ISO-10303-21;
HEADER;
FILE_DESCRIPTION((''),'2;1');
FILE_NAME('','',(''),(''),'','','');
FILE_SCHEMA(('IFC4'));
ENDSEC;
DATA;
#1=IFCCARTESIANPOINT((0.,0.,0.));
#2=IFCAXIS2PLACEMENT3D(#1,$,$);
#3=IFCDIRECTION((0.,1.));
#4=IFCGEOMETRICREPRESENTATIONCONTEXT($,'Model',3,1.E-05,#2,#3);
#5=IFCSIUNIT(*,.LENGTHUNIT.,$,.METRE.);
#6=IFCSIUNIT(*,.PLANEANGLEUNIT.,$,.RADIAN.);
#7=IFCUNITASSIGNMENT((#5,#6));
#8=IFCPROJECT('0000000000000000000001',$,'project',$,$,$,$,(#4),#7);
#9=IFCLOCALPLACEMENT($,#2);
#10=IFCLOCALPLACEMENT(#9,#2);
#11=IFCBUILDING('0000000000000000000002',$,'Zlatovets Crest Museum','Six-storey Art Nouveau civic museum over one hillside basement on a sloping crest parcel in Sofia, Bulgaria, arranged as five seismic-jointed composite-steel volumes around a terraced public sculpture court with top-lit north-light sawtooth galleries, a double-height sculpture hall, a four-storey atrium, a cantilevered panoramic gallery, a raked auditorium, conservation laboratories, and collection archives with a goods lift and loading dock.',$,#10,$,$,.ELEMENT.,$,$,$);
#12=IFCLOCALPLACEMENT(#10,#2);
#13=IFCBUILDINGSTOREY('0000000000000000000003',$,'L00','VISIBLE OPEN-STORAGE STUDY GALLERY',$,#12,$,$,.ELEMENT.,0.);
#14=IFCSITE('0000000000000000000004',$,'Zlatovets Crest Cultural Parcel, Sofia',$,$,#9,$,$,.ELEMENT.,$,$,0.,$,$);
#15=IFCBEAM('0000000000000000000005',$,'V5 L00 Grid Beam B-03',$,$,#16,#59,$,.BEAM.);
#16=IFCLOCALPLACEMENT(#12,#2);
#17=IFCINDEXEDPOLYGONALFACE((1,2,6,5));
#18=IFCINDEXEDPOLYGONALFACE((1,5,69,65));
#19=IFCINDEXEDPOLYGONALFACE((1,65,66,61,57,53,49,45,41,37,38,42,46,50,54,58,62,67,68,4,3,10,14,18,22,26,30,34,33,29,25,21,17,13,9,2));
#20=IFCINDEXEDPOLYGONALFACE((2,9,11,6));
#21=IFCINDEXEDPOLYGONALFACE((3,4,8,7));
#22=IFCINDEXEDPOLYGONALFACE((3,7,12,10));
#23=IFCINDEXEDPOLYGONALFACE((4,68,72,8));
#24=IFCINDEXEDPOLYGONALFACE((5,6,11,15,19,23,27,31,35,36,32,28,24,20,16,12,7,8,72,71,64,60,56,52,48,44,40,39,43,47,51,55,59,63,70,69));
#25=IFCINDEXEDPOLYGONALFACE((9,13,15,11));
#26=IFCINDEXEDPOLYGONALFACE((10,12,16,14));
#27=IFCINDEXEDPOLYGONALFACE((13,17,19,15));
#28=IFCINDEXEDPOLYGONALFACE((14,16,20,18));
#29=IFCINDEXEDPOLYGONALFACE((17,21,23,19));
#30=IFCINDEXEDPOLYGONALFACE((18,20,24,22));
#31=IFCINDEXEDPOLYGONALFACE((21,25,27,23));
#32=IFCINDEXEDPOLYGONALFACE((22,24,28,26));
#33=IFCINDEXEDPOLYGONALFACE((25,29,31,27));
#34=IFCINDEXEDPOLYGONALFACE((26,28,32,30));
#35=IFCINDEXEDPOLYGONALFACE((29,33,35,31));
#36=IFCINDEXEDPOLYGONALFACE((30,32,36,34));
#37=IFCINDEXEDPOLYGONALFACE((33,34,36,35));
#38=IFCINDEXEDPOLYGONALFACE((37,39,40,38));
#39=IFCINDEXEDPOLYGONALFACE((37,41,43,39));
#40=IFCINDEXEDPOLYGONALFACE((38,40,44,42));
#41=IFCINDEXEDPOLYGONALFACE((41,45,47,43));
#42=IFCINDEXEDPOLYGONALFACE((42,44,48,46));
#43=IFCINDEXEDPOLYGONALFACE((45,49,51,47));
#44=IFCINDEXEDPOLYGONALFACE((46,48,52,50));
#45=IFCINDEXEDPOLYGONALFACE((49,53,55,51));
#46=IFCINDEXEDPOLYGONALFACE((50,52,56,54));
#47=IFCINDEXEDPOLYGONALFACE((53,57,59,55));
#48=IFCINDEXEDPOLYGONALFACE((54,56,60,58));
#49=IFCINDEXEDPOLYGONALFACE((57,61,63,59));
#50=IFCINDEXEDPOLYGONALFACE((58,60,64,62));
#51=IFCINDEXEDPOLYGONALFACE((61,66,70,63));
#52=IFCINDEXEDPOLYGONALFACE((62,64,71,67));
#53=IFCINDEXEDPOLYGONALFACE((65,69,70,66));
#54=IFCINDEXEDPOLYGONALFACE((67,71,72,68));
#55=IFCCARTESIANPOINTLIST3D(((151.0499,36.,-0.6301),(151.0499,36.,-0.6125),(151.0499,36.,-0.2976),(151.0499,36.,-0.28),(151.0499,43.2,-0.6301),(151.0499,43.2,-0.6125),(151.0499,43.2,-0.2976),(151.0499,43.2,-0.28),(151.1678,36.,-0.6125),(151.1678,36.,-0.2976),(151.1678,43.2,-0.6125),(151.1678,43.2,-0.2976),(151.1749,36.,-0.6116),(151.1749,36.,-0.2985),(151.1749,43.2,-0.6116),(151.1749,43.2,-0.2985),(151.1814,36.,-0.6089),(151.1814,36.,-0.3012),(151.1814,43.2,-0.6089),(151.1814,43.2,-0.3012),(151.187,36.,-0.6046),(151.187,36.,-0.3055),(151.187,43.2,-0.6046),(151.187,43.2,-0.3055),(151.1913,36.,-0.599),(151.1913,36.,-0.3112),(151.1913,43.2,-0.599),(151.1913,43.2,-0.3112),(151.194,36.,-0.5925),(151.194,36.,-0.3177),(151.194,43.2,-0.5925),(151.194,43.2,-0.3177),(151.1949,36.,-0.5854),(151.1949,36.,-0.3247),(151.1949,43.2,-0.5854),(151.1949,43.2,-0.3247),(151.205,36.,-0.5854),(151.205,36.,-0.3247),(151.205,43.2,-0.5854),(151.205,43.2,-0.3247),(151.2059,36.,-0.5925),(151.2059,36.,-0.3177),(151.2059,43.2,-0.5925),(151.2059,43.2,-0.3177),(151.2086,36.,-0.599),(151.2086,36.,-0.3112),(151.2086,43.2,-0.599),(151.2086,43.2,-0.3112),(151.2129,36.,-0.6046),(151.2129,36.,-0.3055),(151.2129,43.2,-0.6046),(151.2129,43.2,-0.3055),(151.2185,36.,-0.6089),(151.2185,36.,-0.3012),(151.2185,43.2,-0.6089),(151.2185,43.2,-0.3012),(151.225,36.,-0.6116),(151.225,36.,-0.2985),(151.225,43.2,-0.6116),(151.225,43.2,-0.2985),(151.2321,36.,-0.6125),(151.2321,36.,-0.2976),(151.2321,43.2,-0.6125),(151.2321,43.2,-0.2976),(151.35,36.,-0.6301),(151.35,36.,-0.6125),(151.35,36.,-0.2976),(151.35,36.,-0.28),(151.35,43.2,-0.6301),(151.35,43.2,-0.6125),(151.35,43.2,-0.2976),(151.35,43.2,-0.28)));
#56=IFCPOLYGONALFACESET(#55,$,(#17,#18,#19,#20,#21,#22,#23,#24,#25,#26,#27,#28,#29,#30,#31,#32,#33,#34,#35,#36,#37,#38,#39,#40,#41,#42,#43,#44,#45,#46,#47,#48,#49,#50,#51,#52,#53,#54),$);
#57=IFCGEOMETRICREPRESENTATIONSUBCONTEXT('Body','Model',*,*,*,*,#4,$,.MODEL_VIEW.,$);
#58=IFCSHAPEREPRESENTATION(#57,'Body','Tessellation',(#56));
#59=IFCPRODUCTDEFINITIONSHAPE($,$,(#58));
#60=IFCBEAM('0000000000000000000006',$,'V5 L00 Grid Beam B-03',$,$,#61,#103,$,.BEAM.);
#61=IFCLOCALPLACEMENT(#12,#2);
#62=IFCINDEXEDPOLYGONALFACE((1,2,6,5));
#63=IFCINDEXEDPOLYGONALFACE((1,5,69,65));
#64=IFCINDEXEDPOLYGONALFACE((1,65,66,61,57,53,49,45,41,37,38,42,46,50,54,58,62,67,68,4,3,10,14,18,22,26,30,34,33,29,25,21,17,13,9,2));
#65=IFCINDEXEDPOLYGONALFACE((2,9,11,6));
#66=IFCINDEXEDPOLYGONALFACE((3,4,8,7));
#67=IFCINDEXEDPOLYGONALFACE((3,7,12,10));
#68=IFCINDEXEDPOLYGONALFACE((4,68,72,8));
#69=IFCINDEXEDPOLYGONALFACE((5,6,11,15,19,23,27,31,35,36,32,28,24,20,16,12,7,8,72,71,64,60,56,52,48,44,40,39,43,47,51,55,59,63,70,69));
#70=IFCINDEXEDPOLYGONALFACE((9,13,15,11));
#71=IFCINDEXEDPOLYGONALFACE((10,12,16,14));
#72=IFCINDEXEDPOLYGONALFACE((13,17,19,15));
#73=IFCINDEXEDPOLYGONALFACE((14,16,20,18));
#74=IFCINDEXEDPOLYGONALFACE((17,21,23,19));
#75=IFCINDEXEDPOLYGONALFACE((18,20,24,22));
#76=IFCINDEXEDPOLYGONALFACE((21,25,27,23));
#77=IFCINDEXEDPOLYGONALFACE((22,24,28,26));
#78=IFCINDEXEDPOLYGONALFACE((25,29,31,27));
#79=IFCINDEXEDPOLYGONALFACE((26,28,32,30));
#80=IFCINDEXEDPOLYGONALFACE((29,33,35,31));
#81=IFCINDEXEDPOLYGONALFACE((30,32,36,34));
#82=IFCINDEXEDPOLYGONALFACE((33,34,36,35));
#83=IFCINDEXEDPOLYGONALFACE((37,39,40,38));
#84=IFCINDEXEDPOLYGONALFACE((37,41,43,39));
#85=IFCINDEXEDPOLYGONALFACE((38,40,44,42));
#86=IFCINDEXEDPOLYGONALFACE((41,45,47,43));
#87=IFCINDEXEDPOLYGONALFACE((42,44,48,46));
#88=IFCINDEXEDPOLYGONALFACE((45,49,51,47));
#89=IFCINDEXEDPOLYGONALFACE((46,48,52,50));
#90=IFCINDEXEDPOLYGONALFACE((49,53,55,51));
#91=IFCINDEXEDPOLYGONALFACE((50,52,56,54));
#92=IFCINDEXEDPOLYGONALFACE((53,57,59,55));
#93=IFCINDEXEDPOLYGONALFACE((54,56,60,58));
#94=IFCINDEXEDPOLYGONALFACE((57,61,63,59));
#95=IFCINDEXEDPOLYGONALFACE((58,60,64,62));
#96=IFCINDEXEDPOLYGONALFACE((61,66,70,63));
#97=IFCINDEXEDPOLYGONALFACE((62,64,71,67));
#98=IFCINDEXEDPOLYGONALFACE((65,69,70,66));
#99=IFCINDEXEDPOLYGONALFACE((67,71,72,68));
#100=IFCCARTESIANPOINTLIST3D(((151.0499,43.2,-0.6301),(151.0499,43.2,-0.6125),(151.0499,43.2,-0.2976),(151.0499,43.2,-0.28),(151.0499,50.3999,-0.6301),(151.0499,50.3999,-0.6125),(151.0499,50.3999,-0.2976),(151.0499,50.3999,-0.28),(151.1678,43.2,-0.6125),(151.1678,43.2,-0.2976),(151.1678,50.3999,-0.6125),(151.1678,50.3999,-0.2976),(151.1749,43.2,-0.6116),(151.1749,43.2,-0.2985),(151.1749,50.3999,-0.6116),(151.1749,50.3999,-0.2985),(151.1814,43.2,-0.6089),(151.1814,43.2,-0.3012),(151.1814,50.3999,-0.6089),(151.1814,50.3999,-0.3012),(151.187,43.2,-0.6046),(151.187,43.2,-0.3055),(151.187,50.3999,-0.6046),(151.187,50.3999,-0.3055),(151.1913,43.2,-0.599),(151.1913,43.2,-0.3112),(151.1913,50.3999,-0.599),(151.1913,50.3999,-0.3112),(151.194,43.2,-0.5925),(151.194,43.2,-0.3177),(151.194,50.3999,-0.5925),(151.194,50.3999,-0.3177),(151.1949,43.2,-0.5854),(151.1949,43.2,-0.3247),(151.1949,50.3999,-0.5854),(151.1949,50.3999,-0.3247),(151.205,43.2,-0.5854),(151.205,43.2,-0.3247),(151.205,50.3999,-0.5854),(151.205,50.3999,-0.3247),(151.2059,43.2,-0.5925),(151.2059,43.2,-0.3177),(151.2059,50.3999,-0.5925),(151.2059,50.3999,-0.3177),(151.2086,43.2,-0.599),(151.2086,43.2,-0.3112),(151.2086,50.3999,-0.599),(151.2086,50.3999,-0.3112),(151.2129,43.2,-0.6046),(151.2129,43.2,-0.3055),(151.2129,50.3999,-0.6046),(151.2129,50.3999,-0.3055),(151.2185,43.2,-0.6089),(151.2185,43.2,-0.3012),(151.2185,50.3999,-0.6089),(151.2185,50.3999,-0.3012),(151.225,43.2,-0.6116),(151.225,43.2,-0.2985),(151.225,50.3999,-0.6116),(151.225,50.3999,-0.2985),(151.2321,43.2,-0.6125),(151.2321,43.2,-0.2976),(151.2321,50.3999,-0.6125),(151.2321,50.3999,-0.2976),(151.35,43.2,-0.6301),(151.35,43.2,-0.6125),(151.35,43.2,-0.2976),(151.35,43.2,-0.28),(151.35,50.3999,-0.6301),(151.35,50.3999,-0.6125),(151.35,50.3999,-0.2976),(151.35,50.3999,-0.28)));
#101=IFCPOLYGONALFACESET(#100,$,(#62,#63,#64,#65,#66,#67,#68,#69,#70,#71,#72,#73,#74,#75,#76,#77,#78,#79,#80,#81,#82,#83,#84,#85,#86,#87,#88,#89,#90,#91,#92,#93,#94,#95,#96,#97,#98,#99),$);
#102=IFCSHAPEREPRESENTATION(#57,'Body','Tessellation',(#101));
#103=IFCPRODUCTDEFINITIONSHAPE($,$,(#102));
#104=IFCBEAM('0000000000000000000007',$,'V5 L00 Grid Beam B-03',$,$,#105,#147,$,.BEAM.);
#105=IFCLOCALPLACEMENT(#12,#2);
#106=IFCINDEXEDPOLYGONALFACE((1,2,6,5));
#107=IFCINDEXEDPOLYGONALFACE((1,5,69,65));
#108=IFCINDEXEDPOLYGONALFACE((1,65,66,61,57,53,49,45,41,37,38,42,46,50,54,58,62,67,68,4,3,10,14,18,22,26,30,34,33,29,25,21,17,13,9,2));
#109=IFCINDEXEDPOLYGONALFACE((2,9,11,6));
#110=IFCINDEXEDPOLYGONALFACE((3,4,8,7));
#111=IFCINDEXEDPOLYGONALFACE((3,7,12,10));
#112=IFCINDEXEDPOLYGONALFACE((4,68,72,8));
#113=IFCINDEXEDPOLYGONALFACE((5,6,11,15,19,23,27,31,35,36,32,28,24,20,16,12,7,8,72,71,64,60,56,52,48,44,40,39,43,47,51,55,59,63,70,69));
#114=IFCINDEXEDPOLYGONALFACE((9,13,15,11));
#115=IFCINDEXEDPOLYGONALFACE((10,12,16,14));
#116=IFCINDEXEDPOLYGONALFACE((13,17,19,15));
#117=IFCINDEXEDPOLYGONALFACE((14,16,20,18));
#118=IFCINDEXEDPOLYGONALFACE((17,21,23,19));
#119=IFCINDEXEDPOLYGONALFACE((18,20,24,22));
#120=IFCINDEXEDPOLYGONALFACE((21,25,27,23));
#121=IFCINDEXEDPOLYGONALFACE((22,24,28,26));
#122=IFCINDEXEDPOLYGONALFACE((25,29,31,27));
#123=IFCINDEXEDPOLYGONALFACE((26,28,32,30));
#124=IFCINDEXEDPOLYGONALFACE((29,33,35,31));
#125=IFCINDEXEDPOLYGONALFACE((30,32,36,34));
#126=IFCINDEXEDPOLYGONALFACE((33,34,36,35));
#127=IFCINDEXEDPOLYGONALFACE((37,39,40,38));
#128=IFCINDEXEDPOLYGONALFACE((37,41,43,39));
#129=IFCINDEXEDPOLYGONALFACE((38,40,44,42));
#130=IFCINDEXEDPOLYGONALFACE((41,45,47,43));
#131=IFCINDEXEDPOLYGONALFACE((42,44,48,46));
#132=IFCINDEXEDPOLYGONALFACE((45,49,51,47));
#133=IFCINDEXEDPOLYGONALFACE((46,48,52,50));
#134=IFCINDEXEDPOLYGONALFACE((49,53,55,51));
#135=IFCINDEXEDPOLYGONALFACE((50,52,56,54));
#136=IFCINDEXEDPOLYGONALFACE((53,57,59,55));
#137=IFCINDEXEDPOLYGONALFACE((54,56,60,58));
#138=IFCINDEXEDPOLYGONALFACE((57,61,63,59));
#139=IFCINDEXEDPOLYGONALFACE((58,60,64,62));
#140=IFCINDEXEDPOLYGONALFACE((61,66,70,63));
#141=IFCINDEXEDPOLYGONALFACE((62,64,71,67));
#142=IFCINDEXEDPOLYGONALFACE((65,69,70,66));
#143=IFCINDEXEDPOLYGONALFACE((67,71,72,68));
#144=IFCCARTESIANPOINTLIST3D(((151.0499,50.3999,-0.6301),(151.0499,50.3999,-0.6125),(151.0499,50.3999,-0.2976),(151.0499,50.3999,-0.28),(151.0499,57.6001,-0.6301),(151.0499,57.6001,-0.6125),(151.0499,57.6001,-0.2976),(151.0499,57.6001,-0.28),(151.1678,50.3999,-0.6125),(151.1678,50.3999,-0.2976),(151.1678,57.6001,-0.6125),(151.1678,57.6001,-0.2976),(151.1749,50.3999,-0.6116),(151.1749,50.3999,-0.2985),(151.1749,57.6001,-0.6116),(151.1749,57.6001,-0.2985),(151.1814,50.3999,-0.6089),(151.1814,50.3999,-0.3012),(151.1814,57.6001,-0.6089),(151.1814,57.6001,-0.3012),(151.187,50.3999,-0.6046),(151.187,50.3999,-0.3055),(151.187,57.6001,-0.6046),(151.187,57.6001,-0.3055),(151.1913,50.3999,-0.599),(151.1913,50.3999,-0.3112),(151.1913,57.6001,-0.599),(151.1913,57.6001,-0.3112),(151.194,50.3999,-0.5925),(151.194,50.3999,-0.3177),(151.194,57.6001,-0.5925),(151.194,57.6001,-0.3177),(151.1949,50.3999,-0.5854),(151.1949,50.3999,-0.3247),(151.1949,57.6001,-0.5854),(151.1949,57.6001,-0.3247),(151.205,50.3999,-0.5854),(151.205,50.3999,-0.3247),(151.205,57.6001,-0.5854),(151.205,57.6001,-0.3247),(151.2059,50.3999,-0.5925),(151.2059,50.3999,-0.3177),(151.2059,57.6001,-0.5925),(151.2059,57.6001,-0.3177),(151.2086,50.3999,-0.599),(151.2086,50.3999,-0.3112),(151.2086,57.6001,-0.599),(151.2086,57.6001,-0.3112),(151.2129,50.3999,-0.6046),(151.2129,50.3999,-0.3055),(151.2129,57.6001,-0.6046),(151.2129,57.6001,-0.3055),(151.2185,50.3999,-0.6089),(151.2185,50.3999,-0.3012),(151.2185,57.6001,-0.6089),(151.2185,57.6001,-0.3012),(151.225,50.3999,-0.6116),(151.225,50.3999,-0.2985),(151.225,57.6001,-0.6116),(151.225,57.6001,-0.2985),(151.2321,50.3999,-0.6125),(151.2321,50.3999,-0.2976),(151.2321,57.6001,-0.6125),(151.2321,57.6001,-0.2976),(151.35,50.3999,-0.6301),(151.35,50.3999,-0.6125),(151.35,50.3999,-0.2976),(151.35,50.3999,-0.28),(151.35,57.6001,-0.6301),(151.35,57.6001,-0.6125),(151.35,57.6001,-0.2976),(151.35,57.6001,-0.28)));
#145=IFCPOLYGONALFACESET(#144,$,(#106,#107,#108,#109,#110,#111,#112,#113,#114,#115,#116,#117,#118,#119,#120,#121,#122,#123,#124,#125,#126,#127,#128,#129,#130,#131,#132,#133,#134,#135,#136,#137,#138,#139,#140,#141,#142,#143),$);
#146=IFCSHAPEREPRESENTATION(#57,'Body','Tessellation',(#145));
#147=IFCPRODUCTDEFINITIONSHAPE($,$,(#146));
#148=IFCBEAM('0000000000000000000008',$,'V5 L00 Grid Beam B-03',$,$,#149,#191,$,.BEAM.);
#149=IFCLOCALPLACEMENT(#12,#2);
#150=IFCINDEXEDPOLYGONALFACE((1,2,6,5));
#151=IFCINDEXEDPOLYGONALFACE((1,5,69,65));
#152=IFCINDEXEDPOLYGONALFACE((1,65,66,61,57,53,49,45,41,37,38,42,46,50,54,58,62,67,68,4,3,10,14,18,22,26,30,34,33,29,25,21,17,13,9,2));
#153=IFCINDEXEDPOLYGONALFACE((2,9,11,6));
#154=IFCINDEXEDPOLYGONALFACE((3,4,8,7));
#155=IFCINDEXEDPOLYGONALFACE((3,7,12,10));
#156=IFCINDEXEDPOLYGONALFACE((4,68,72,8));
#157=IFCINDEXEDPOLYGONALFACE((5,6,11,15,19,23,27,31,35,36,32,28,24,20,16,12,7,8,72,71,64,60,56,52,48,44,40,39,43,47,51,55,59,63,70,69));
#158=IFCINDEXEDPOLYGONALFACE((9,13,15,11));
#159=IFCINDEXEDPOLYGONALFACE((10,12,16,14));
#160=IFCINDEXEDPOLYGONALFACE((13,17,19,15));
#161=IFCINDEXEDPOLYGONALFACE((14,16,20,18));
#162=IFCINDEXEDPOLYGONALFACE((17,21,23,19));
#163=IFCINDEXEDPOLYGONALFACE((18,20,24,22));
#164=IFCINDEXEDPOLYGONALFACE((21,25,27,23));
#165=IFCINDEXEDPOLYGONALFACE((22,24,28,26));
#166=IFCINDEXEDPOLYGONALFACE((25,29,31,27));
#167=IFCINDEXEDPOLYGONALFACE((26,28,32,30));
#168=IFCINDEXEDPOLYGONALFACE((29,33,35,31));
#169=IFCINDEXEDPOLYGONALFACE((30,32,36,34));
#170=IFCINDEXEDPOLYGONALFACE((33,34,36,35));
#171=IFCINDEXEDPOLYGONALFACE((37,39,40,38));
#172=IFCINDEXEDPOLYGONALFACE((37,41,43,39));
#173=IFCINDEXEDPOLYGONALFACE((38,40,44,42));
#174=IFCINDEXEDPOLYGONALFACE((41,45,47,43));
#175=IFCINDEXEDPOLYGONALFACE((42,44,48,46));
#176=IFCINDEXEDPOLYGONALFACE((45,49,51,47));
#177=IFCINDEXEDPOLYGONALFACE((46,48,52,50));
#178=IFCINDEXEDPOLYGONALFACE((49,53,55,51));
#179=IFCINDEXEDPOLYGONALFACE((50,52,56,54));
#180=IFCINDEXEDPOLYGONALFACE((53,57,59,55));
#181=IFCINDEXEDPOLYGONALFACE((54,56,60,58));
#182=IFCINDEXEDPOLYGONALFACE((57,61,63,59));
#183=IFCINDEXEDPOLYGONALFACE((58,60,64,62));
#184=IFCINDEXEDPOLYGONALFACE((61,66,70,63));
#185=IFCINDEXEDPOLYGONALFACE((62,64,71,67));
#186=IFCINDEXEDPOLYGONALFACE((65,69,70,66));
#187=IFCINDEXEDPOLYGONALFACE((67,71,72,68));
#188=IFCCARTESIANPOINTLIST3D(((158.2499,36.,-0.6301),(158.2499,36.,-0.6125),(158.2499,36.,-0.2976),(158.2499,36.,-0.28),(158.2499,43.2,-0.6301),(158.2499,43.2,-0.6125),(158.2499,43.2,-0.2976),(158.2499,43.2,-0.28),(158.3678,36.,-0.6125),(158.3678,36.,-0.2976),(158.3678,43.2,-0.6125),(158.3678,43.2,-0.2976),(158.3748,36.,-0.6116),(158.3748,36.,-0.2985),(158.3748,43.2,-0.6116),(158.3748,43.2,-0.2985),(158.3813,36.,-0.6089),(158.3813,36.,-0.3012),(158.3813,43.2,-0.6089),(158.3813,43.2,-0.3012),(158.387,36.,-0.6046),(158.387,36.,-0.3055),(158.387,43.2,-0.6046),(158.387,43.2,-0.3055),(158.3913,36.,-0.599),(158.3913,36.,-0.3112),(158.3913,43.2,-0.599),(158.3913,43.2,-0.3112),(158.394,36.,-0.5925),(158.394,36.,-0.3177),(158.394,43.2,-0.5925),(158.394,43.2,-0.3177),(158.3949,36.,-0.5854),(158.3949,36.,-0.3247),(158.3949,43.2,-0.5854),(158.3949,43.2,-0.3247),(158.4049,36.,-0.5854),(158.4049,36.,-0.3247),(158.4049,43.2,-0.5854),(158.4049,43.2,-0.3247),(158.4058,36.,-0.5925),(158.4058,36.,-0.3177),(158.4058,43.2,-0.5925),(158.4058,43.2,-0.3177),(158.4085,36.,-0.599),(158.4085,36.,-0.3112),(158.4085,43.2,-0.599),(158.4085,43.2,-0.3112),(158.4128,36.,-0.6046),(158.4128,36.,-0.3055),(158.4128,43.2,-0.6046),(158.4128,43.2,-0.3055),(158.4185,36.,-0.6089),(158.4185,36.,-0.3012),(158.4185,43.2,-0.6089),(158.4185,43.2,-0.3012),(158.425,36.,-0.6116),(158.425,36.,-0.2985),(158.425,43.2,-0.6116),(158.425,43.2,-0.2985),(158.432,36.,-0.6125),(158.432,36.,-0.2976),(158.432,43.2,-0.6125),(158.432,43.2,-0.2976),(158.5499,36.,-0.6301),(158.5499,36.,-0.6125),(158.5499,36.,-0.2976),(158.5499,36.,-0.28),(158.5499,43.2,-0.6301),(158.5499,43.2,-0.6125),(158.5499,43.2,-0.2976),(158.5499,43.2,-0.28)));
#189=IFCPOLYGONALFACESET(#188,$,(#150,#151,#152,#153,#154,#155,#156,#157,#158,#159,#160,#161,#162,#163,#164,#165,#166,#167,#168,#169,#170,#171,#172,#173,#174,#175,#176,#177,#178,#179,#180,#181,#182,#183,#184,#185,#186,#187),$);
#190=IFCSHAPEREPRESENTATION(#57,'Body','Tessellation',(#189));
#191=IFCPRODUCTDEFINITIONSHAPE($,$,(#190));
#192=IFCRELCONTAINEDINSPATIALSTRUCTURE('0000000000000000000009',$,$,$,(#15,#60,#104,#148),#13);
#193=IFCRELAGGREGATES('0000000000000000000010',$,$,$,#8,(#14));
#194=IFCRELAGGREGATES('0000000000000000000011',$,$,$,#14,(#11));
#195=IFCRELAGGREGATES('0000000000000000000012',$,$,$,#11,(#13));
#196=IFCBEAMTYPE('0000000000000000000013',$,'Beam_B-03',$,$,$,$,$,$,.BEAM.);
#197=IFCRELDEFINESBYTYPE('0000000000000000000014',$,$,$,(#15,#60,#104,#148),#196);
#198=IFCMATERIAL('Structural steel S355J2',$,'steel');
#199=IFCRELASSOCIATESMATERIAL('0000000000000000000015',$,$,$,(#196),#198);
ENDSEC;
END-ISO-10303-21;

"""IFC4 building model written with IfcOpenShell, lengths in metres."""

from ifc_helpers import new_model, si_unit, direction, frame, origin, origin_2d, place, context, subcontext, project, spatial, i_section, extrude, material, material_profile, profile_set, type_object, element, save


model = new_model("IFC4")

# Units and contexts
model_context = context("Model", 3, precision=1e-05, world=origin(), true_north=direction((0.0, 1.0)))
body_context = subcontext(model_context, "Body", "Model", "MODEL_VIEW")
ifc_project = project(units=[si_unit("LENGTHUNIT", "METRE"), si_unit("PLANEANGLEUNIT", "RADIAN")], contexts=[model_context])

# Site, building, storey
site_placement = place(None, origin())
site = spatial("IfcSite", under=ifc_project, at=site_placement, Name="Zlatovets Crest Cultural Parcel, Sofia", CompositionType="ELEMENT", RefElevation=0.0)
building_placement = place(site_placement, origin())
building = spatial("IfcBuilding", under=site, at=building_placement, Name="Zlatovets Crest Museum", Description="Six-storey Art Nouveau civic museum over one hillside basement on a sloping crest parcel in Sofia, Bulgaria, arranged as five seismic-jointed composite-steel volumes around a terraced public sculpture court with top-lit north-light sawtooth galleries, a double-height sculpture hall, a four-storey atrium, a cantilevered panoramic gallery, a raked auditorium, conservation laboratories, and collection archives with a goods lift and loading dock.", CompositionType="ELEMENT")
storey_placement = place(building_placement, origin())
storey = spatial("IfcBuildingStorey", under=building, at=storey_placement, Name="L00", Description="VISIBLE OPEN-STORAGE STUDY GALLERY", CompositionType="ELEMENT", Elevation=0.0)

# Shared definitions
ifc_material_1 = material(Name="Structural steel S355J2", Category="steel")

# Beams
ifc_material_profile_1 = material_profile(ifc_material_1, i_section(OverallWidth=0.3, OverallDepth=0.3501, WebThickness=0.01, FlangeThickness=0.0176, FilletRadius=0.0271, at=origin_2d()), Name="HEA 360")
ifc_profile_set_1 = profile_set([ifc_material_profile_1], Name="Structural steel S355J2")
beam_type_1 = type_object("IfcBeamType", Name="Beam_B-03", PredefinedType="BEAM", material=ifc_profile_set_1)
for number, where, z_axis, x_axis, name in (
    (1, (151.2, 36.0, -0.4551), (0.0, 1.0, 0.0), (-1.0, 0.0, 0.0), "V5 L00 Grid Beam B-03"),
    (2, (151.2, 43.2, -0.4551), (0.0, 1.0, 0.0), (-1.0, 0.0, 0.0), "V5 L00 Grid Beam B-03"),
):
    element("IfcBeam", number, at=place(storey_placement, frame(where, z_axis=z_axis, x_axis=x_axis)), inside=storey, type_object=beam_type_1, Name=name, PredefinedType="BEAM", context=body_context, shape_type="SweptSolid", body=[
        extrude(i_section(OverallWidth=0.3, OverallDepth=0.3501, WebThickness=0.01, FlangeThickness=0.0176, FilletRadius=0.0271, at=origin_2d()), origin(), (0.0, 0.0, 1.0), 7.2),
    ])
beam_1_placement = place(storey_placement, frame((151.2, 50.3999, -0.4551), z_axis=(0.0, 1.0, 0.0), x_axis=(-1.0, 0.0, 0.0)))
element("IfcBeam", 3, at=beam_1_placement, inside=storey, type_object=beam_type_1, Name="V5 L00 Grid Beam B-03", PredefinedType="BEAM", context=body_context, shape_type="SweptSolid", body=[
    extrude(i_section(OverallWidth=0.3, OverallDepth=0.3501, WebThickness=0.01, FlangeThickness=0.0176, FilletRadius=0.0271, at=origin_2d()), origin(), (0.0, 0.0, 1.0), 7.2002),
])
beam_2_placement = place(storey_placement, frame((158.3999, 36.0, -0.4551), z_axis=(0.0, 1.0, 0.0), x_axis=(-1.0, 0.0, 0.0)))
element("IfcBeam", 4, at=beam_2_placement, inside=storey, type_object=beam_type_1, Name="V5 L00 Grid Beam B-03", PredefinedType="BEAM", context=body_context, shape_type="SweptSolid", body=[
    extrude(i_section(OverallWidth=0.3, OverallDepth=0.3501, WebThickness=0.01, FlangeThickness=0.0176, FilletRadius=0.0271, at=origin_2d()), origin(), (0.0, 0.0, 1.0), 7.2),
])

save(model, "model.ifc")
